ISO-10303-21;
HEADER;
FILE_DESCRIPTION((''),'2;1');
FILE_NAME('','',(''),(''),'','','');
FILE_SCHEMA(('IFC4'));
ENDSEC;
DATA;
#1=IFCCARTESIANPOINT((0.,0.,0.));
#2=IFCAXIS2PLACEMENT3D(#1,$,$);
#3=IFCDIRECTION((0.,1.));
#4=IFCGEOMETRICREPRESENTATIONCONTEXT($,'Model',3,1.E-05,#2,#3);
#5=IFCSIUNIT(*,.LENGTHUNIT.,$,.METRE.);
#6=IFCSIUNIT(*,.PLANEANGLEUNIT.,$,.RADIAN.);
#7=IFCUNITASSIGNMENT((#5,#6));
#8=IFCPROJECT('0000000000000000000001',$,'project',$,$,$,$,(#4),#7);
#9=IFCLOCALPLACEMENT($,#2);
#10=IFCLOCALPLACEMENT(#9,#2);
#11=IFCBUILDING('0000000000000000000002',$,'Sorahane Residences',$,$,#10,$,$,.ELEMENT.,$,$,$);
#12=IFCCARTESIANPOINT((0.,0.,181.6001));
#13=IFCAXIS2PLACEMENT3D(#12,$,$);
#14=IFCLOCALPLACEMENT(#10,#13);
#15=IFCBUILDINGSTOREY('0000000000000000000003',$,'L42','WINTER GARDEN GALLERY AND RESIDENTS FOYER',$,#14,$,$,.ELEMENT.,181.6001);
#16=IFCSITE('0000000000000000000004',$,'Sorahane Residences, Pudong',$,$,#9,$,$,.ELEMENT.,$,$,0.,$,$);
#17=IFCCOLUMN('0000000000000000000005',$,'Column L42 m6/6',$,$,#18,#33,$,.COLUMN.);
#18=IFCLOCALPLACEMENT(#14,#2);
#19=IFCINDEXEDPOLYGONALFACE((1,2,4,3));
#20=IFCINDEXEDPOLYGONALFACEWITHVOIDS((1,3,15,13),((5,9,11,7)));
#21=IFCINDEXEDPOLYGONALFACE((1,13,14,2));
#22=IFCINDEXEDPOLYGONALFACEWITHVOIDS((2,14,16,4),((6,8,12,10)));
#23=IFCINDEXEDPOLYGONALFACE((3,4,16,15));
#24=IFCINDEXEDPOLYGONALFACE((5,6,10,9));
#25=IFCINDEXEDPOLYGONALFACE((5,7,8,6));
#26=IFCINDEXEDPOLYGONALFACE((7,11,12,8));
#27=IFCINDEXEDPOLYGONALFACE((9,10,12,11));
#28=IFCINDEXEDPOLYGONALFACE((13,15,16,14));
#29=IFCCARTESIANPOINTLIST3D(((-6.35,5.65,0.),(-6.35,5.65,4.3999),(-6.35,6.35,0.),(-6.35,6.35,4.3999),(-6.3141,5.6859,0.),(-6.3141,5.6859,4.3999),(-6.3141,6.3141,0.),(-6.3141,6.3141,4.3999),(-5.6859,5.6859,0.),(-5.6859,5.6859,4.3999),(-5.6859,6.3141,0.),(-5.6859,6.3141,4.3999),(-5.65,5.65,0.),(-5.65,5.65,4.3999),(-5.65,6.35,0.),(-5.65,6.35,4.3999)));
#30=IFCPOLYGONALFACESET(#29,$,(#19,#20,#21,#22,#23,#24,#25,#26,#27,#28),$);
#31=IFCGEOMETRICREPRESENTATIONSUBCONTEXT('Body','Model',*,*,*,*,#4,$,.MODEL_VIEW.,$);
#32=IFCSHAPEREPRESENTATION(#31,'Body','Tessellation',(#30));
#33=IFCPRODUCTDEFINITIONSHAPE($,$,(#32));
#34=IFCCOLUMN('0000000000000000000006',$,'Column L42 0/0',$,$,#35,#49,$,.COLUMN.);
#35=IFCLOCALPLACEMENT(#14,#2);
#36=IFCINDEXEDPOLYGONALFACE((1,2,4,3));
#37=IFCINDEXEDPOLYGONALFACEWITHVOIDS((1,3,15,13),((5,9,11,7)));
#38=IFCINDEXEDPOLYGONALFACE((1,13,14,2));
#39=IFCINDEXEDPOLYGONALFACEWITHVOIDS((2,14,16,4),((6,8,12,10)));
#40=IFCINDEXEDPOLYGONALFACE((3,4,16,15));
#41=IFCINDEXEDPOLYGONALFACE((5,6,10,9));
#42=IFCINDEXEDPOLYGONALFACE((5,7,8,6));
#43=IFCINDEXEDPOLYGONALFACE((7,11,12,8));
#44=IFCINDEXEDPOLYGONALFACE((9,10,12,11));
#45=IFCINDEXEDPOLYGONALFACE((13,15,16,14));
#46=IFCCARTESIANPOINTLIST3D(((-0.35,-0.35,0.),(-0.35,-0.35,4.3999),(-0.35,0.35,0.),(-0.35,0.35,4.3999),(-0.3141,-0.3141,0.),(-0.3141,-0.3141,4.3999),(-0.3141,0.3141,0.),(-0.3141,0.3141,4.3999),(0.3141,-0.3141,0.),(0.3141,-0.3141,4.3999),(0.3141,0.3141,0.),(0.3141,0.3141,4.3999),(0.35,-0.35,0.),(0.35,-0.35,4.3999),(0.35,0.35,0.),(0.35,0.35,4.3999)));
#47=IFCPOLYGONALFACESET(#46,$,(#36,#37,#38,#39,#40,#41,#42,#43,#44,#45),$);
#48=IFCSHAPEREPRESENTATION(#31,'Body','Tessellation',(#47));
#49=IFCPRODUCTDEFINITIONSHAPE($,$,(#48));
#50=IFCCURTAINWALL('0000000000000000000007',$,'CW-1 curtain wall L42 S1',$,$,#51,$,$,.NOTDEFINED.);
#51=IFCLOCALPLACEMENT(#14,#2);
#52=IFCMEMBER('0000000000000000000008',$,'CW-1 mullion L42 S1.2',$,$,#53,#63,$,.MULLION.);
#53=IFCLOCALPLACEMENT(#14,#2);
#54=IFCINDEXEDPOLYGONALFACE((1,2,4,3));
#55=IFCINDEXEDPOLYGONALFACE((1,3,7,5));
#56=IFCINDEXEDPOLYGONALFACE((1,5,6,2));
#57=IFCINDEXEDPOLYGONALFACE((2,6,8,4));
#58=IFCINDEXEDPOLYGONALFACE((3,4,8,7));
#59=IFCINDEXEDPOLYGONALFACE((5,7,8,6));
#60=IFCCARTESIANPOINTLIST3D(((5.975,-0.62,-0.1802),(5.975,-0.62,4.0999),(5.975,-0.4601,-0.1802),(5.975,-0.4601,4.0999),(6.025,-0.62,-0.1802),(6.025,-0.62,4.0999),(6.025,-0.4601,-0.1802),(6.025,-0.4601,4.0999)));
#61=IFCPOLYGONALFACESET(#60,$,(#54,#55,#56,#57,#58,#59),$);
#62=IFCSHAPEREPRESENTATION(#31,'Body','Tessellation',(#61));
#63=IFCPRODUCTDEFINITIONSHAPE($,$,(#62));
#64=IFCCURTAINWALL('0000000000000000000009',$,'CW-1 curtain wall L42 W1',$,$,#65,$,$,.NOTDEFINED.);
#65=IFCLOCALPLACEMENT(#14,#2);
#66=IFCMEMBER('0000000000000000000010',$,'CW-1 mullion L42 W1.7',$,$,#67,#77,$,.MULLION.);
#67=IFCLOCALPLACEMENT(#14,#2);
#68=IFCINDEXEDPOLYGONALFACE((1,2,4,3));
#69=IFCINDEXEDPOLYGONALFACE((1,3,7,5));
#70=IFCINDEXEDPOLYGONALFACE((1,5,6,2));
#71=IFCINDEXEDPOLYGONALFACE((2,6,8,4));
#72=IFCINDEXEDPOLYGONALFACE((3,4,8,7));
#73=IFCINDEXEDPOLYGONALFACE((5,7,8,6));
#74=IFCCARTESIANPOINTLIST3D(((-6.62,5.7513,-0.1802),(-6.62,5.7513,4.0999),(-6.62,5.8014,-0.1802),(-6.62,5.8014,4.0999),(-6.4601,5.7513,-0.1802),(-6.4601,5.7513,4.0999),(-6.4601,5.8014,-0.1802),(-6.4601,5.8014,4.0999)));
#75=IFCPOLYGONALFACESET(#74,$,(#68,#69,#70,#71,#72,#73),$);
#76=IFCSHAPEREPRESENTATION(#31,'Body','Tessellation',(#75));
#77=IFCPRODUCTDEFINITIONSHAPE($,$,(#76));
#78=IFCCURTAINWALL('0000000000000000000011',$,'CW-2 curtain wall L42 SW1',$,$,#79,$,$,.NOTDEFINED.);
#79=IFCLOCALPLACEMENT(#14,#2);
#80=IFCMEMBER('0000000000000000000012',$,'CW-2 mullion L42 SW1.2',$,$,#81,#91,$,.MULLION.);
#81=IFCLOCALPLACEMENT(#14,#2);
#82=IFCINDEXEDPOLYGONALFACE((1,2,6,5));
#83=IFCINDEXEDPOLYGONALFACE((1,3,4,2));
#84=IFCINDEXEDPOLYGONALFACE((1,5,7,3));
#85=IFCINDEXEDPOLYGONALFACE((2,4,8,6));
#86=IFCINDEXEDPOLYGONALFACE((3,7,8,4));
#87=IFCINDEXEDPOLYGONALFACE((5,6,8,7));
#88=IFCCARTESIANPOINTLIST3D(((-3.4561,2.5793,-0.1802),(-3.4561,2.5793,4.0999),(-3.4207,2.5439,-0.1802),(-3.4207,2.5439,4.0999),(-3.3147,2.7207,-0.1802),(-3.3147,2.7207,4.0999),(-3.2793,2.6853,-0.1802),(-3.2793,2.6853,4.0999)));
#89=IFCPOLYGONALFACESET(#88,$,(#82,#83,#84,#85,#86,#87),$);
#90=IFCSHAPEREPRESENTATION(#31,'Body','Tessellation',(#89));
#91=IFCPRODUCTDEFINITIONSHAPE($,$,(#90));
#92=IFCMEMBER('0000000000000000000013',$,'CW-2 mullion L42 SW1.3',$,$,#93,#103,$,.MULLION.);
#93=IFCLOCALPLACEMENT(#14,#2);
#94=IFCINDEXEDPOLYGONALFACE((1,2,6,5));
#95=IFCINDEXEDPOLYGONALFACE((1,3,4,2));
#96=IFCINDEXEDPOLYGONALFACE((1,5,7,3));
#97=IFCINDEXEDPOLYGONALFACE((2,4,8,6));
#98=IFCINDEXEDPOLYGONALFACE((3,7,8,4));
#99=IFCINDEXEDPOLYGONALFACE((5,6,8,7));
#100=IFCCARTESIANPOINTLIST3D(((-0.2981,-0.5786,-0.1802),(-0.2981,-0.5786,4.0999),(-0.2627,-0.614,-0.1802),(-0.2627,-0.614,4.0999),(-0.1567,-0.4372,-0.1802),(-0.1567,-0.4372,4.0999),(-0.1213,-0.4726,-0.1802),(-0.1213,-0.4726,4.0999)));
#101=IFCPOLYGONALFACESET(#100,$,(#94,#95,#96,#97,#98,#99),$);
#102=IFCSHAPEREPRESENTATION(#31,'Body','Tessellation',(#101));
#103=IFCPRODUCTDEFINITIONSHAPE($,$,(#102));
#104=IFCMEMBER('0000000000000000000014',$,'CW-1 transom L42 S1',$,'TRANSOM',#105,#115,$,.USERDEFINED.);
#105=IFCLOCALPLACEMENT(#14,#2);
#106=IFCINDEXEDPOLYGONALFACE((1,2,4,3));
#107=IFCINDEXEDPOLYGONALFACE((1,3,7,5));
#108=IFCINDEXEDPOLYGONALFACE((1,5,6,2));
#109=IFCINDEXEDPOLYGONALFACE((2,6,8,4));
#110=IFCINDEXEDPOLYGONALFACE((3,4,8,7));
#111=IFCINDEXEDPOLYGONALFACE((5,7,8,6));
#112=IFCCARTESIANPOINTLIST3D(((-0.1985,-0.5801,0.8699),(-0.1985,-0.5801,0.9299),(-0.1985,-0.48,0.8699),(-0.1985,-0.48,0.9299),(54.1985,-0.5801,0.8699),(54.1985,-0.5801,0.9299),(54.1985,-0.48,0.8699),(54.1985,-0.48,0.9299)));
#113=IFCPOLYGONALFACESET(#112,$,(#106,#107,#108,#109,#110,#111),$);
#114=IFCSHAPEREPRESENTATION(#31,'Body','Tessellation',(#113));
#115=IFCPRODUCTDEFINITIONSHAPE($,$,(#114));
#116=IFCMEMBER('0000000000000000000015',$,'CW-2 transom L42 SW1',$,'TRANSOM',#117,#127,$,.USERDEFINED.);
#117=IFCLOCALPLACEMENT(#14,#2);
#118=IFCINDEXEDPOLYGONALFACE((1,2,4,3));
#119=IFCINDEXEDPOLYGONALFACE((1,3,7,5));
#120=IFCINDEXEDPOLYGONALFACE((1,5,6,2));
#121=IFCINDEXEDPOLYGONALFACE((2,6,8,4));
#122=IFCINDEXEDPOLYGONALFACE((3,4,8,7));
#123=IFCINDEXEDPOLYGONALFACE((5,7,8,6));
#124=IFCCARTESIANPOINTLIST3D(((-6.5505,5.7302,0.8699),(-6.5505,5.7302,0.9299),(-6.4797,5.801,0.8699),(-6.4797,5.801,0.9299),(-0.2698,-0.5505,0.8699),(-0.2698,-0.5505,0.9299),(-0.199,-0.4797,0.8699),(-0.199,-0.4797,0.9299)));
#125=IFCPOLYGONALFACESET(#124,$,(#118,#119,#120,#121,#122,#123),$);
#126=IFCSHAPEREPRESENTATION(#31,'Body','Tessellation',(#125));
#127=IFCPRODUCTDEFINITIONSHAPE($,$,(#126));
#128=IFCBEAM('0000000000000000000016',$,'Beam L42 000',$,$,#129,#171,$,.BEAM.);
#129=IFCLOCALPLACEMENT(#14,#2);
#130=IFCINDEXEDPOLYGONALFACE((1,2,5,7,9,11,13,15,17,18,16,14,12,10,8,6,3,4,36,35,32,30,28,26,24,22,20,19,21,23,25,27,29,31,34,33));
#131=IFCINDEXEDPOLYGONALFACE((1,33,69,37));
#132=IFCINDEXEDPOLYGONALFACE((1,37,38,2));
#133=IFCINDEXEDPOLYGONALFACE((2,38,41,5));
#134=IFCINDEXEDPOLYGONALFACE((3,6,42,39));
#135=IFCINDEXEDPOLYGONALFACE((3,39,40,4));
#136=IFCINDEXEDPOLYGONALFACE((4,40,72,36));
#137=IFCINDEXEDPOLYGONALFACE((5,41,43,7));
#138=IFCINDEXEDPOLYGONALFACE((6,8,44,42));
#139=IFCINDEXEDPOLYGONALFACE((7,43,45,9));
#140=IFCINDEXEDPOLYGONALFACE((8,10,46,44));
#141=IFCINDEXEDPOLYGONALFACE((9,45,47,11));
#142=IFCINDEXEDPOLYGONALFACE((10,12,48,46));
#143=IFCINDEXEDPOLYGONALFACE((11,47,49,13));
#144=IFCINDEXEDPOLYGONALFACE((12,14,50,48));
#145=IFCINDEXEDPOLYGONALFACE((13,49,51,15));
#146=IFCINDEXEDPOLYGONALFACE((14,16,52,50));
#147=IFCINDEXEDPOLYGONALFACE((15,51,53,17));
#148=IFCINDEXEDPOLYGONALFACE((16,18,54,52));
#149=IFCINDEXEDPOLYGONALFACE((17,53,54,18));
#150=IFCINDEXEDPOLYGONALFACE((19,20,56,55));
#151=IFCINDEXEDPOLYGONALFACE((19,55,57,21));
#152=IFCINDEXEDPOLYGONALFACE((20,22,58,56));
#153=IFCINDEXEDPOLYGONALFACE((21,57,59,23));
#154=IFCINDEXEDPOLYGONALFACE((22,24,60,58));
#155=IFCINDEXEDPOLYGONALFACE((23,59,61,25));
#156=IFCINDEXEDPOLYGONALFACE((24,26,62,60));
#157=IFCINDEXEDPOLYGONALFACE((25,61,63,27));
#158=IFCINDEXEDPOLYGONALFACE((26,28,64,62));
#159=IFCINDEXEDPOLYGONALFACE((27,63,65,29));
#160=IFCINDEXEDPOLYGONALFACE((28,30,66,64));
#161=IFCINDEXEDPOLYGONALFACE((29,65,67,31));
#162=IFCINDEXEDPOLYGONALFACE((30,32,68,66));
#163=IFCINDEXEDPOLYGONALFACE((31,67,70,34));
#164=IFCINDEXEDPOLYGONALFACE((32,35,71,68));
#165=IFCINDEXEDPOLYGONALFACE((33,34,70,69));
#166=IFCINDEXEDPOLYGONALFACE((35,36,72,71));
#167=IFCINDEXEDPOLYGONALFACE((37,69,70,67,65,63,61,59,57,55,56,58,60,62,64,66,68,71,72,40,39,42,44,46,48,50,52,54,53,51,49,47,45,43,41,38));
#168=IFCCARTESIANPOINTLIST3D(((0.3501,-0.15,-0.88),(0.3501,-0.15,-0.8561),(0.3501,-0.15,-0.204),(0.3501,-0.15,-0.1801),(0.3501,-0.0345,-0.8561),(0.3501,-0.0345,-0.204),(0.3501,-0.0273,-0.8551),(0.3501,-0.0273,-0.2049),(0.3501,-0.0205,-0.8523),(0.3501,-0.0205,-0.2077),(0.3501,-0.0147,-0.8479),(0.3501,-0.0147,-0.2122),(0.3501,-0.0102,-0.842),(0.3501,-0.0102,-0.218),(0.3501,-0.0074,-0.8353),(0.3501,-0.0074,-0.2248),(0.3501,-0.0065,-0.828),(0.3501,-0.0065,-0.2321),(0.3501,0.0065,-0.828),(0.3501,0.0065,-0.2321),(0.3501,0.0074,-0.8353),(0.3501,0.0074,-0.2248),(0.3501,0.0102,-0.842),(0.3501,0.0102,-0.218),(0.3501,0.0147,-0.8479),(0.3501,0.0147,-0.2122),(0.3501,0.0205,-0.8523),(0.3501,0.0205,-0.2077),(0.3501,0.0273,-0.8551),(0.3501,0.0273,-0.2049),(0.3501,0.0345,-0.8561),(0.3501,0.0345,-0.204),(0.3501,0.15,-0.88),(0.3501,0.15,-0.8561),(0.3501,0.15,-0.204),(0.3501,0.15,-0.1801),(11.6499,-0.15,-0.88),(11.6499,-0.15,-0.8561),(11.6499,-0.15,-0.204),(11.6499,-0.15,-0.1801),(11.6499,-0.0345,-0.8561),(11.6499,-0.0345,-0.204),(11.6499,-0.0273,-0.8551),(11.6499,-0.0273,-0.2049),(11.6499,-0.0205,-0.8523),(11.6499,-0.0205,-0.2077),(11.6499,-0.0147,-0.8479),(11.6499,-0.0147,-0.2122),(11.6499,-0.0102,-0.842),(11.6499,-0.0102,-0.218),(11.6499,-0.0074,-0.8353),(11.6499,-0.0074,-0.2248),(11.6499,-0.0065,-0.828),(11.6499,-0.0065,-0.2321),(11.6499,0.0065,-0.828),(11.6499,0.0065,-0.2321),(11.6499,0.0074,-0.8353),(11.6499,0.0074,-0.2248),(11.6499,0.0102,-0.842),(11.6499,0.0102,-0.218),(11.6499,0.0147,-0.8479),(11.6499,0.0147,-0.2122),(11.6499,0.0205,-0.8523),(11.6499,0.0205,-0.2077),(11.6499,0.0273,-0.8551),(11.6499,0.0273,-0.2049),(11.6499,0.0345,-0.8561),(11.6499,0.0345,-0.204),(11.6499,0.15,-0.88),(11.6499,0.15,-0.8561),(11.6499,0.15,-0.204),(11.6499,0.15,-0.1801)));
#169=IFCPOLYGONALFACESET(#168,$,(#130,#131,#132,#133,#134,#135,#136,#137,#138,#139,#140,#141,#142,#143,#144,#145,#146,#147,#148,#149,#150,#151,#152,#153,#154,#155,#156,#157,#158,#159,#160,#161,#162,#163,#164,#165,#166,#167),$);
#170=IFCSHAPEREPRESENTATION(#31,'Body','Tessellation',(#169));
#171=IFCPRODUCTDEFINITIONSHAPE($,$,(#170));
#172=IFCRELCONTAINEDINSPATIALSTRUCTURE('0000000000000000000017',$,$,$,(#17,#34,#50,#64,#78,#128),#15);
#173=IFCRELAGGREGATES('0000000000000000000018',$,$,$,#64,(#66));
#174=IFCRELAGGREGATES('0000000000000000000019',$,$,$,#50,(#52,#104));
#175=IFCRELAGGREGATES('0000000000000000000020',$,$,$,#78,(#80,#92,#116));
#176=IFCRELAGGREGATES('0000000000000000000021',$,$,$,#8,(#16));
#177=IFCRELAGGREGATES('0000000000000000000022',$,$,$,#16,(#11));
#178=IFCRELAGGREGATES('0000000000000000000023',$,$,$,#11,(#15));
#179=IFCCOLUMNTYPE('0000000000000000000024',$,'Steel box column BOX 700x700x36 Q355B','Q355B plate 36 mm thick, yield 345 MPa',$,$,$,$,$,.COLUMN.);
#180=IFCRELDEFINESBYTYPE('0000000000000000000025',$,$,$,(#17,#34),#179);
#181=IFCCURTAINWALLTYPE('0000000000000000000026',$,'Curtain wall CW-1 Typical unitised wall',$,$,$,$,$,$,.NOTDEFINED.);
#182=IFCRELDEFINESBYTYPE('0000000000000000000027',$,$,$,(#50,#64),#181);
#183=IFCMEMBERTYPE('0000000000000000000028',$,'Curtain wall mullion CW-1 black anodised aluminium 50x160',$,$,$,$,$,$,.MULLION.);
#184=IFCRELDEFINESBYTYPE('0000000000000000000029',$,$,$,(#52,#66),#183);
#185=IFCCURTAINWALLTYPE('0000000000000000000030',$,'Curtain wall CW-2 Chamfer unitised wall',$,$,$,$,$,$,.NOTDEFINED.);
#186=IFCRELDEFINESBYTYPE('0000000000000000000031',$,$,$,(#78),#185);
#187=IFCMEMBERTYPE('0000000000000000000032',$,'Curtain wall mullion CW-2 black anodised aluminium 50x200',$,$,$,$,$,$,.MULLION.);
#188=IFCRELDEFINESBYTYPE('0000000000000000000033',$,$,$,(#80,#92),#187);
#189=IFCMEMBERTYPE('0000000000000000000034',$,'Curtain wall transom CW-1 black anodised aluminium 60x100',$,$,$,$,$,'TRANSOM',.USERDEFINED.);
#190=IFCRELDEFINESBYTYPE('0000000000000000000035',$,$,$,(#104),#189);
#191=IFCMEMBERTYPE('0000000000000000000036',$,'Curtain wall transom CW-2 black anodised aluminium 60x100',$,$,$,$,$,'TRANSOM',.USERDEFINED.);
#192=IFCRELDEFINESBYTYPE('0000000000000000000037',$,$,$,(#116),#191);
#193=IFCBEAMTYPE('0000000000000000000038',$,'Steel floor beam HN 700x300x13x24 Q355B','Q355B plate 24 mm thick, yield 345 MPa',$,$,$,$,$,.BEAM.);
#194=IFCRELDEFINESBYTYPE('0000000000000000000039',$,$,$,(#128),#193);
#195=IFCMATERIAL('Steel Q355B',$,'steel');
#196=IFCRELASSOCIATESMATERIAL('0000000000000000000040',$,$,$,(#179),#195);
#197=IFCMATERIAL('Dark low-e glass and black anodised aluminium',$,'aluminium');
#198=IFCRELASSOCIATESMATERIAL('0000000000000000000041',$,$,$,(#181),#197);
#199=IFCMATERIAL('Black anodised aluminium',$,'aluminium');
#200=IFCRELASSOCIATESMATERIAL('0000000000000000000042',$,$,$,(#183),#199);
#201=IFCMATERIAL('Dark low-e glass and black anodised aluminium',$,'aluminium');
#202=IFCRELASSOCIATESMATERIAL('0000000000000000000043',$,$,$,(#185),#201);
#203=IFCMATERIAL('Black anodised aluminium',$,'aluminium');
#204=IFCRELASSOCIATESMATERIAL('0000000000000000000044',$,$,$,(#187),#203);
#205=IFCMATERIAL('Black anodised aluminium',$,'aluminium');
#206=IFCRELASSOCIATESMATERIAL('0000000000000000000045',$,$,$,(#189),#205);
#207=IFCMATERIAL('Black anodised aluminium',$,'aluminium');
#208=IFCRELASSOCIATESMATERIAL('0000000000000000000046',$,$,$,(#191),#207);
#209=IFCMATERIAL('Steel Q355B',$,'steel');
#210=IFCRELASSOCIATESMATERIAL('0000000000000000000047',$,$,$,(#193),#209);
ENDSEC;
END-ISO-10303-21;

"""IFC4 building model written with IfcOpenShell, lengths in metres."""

from ifc_helpers import new_model, si_unit, direction, frame, origin, origin_2d, place, context, subcontext, project, spatial, rectangle, hollow_rectangle, i_section, extrude, material, material_profile, profile_set, type_object, element, aggregate, save


model = new_model("IFC4")

# Units and contexts
model_context = context("Model", 3, precision=1e-05, world=origin(), true_north=direction((0.0, 1.0)))
body_context = subcontext(model_context, "Body", "Model", "MODEL_VIEW")
ifc_project = project(units=[si_unit("LENGTHUNIT", "METRE"), si_unit("PLANEANGLEUNIT", "RADIAN")], contexts=[model_context])

# Site, building, storey
site_placement = place(None, origin())
site = spatial("IfcSite", under=ifc_project, at=site_placement, Name="Sorahane Residences, Pudong", CompositionType="ELEMENT", RefElevation=0.0)
building_placement = place(site_placement, origin())
building = spatial("IfcBuilding", under=site, at=building_placement, Name="Sorahane Residences", CompositionType="ELEMENT")
storey_placement = place(building_placement, frame((0.0, 0.0, 181.6001)))
storey = spatial("IfcBuildingStorey", under=building, at=storey_placement, Name="L42", Description="WINTER GARDEN GALLERY AND RESIDENTS FOYER", CompositionType="ELEMENT", Elevation=181.6001)

# Columns
ifc_material_1 = material(Name="Steel Q355B", Category="steel")
ifc_material_profile_1 = material_profile(ifc_material_1, hollow_rectangle(XDim=0.7, YDim=0.7, WallThickness=0.0359, at=origin_2d()), Name="BOX 700x700x36")
ifc_profile_set_1 = profile_set([ifc_material_profile_1], Name="Steel Q355B")
column_type = type_object("IfcColumnType", Name="Steel box column BOX 700x700x36 Q355B", Description="Q355B plate 36 mm thick, yield 345 MPa", PredefinedType="COLUMN", material=ifc_profile_set_1)
for number, where, z_axis, x_axis, name in (
    (1, (-6.0, 6.0, 0.0), (0.0, 0.0, 1.0), (1.0, 0.0, 0.0), "Column L42 m6/6"),
    (2, (0.0, 0.0, 0.0), (0.0, 0.0, 1.0), (1.0, 0.0, 0.0), "Column L42 0/0"),
):
    element("IfcColumn", number, at=place(storey_placement, frame(where, z_axis=z_axis, x_axis=x_axis)), inside=storey, type_object=column_type, Name=name, PredefinedType="COLUMN", context=body_context, shape_type="SweptSolid", body=[
        extrude(hollow_rectangle(XDim=0.7, YDim=0.7, WallThickness=0.0359, at=origin_2d()), origin(), (0.0, 0.0, 1.0), 4.3999),
    ])

# Curtain walls, members
ifc_material_2 = material(Name="Dark low-e glass and black anodised aluminium", Category="aluminium")
curtain_wall_type_1 = type_object("IfcCurtainWallType", Name="Curtain wall CW-1 Typical unitised wall", PredefinedType="NOTDEFINED", material=ifc_material_2)
curtain_wall_1_placement = place(storey_placement, origin())
curtain_wall_1 = element("IfcCurtainWall", 3, at=curtain_wall_1_placement, inside=storey, type_object=curtain_wall_type_1, Name="CW-1 curtain wall L42 S1", PredefinedType="NOTDEFINED")
ifc_material_3 = material(Name="Black anodised aluminium", Category="aluminium")
ifc_material_profile_2 = material_profile(ifc_material_3, rectangle(XDim=0.1599, YDim=0.05, at=origin_2d()), Name="Curtain wall mullion CW-1 black anodised aluminium 50x160")
ifc_profile_set_2 = profile_set([ifc_material_profile_2], Name="Black anodised aluminium")
member_type_1 = type_object("IfcMemberType", Name="Curtain wall mullion CW-1 black anodised aluminium 50x160", PredefinedType="MULLION", material=ifc_profile_set_2)
member_1_placement = place(storey_placement, frame((6.0, -0.54, -0.1802), z_axis=(0.0, 0.0, 1.0), x_axis=(0.0, -1.0, 0.0)))
member_1 = element("IfcMember", 4, at=member_1_placement, type_object=member_type_1, Name="CW-1 mullion L42 S1.2", PredefinedType="MULLION", context=body_context, shape_type="SweptSolid", body=[
    extrude(rectangle(XDim=0.1599, YDim=0.05, at=origin_2d()), origin(), (0.0, 0.0, 1.0), 4.28),
])
curtain_wall_2_placement = place(storey_placement, origin())
curtain_wall_2 = element("IfcCurtainWall", 5, at=curtain_wall_2_placement, inside=storey, type_object=curtain_wall_type_1, Name="CW-1 curtain wall L42 W1", PredefinedType="NOTDEFINED")
member_2_placement = place(storey_placement, frame((-6.54, 5.7764, -0.1802), z_axis=(0.0, 0.0, 1.0), x_axis=(-1.0, 0.0, 0.0)))
member_2 = element("IfcMember", 6, at=member_2_placement, type_object=member_type_1, Name="CW-1 mullion L42 W1.7", PredefinedType="MULLION", context=body_context, shape_type="SweptSolid", body=[
    extrude(rectangle(XDim=0.1599, YDim=0.05, at=origin_2d()), origin(), (0.0, 0.0, 1.0), 4.28),
])
aggregate(curtain_wall_2, [member_2])

# Curtain wall, members
ifc_material_4 = material(Name="Dark low-e glass and black anodised aluminium", Category="aluminium")
curtain_wall_type_2 = type_object("IfcCurtainWallType", Name="Curtain wall CW-2 Chamfer unitised wall", PredefinedType="NOTDEFINED", material=ifc_material_4)
curtain_wall_3_placement = place(storey_placement, origin())
curtain_wall_3 = element("IfcCurtainWall", 7, at=curtain_wall_3_placement, inside=storey, type_object=curtain_wall_type_2, Name="CW-2 curtain wall L42 SW1", PredefinedType="NOTDEFINED")
ifc_material_5 = material(Name="Black anodised aluminium", Category="aluminium")
ifc_material_profile_3 = material_profile(ifc_material_5, rectangle(XDim=0.2, YDim=0.05, at=origin_2d()), Name="Curtain wall mullion CW-2 black anodised aluminium 50x200")
ifc_profile_set_3 = profile_set([ifc_material_profile_3], Name="Black anodised aluminium")
member_type_2 = type_object("IfcMemberType", Name="Curtain wall mullion CW-2 black anodised aluminium 50x200", PredefinedType="MULLION", material=ifc_profile_set_3)
member_3_placement = place(storey_placement, frame((-3.3677, 2.6323, -0.1802), z_axis=(0.0, 0.0, 1.0), x_axis=(-0.707107, -0.707107, 0.0)))
member_3 = element("IfcMember", 8, at=member_3_placement, type_object=member_type_2, Name="CW-2 mullion L42 SW1.2", PredefinedType="MULLION", context=body_context, shape_type="SweptSolid", body=[
    extrude(rectangle(XDim=0.2, YDim=0.05, at=origin_2d()), origin(), (0.0, 0.0, 1.0), 4.28),
])
member_4_placement = place(storey_placement, frame((-0.2097, -0.5256, -0.1802), z_axis=(0.0, 0.0, 1.0), x_axis=(-0.707107, -0.707107, 0.0)))
member_4 = element("IfcMember", 9, at=member_4_placement, type_object=member_type_2, Name="CW-2 mullion L42 SW1.3", PredefinedType="MULLION", context=body_context, shape_type="SweptSolid", body=[
    extrude(rectangle(XDim=0.2, YDim=0.05, at=origin_2d()), origin(), (0.0, 0.0, 1.0), 4.28),
])

# Members
ifc_material_6 = material(Name="Black anodised aluminium", Category="aluminium")
ifc_material_profile_4 = material_profile(ifc_material_6, rectangle(XDim=0.1001, YDim=0.0601, at=origin_2d()), Name="Curtain wall transom CW-1 black anodised aluminium 60x100")
ifc_profile_set_4 = profile_set([ifc_material_profile_4], Name="Black anodised aluminium")
member_type_3 = type_object("IfcMemberType", Name="Curtain wall transom CW-1 black anodised aluminium 60x100", ElementType="TRANSOM", PredefinedType="USERDEFINED", material=ifc_profile_set_4)
member_5_placement = place(storey_placement, frame((-0.1985, -0.53, 0.8999), z_axis=(1.0, 0.0, 0.0), x_axis=(0.0, 1.0, 0.0)))
member_5 = element("IfcMember", 10, at=member_5_placement, type_object=member_type_3, Name="CW-1 transom L42 S1", ObjectType="TRANSOM", PredefinedType="USERDEFINED", context=body_context, shape_type="SweptSolid", body=[
    extrude(rectangle(XDim=0.1001, YDim=0.0601, at=origin_2d()), origin(), (0.0, 0.0, 1.0), 54.397),
])
ifc_material_7 = material(Name="Black anodised aluminium", Category="aluminium")
ifc_material_profile_5 = material_profile(ifc_material_7, rectangle(XDim=0.1001, YDim=0.0601, at=origin_2d()), Name="Curtain wall transom CW-2 black anodised aluminium 60x100")
ifc_profile_set_5 = profile_set([ifc_material_profile_5], Name="Black anodised aluminium")
member_type_4 = type_object("IfcMemberType", Name="Curtain wall transom CW-2 black anodised aluminium 60x100", ElementType="TRANSOM", PredefinedType="USERDEFINED", material=ifc_profile_set_5)
member_6_placement = place(storey_placement, frame((-6.5151, 5.7656, 0.8999), z_axis=(0.707107, -0.707107, 0.0), x_axis=(0.707107, 0.707107, 0.0)))
member_6 = element("IfcMember", 11, at=member_6_placement, type_object=member_type_4, Name="CW-2 transom L42 SW1", ObjectType="TRANSOM", PredefinedType="USERDEFINED", context=body_context, shape_type="SweptSolid", body=[
    extrude(rectangle(XDim=0.1001, YDim=0.0601, at=origin_2d()), origin(), (0.0, 0.0, 1.0), 8.8823),
])

# Beam
ifc_material_8 = material(Name="Steel Q355B", Category="steel")
ifc_material_profile_6 = material_profile(ifc_material_8, i_section(OverallWidth=0.3, OverallDepth=0.7, WebThickness=0.0129, FlangeThickness=0.0239, FilletRadius=0.0281, at=origin_2d()), Name="HN 700x300x13x24")
ifc_profile_set_6 = profile_set([ifc_material_profile_6], Name="Steel Q355B")
beam_type = type_object("IfcBeamType", Name="Steel floor beam HN 700x300x13x24 Q355B", Description="Q355B plate 24 mm thick, yield 345 MPa", PredefinedType="BEAM", material=ifc_profile_set_6)
beam_1_placement = place(storey_placement, frame((0.3501, 0.0, -0.53), z_axis=(1.0, 0.0, 0.0), x_axis=(0.0, 1.0, 0.0)))
element("IfcBeam", 12, at=beam_1_placement, inside=storey, type_object=beam_type, Name="Beam L42 000", PredefinedType="BEAM", context=body_context, shape_type="SweptSolid", body=[
    extrude(i_section(OverallWidth=0.3, OverallDepth=0.7, WebThickness=0.0129, FlangeThickness=0.0239, FilletRadius=0.0281, at=origin_2d()), origin(), (0.0, 0.0, 1.0), 11.2998),
])

aggregate(curtain_wall_1, [member_1, member_5])
aggregate(curtain_wall_3, [member_3, member_4, member_6])

save(model, "model.ifc")
